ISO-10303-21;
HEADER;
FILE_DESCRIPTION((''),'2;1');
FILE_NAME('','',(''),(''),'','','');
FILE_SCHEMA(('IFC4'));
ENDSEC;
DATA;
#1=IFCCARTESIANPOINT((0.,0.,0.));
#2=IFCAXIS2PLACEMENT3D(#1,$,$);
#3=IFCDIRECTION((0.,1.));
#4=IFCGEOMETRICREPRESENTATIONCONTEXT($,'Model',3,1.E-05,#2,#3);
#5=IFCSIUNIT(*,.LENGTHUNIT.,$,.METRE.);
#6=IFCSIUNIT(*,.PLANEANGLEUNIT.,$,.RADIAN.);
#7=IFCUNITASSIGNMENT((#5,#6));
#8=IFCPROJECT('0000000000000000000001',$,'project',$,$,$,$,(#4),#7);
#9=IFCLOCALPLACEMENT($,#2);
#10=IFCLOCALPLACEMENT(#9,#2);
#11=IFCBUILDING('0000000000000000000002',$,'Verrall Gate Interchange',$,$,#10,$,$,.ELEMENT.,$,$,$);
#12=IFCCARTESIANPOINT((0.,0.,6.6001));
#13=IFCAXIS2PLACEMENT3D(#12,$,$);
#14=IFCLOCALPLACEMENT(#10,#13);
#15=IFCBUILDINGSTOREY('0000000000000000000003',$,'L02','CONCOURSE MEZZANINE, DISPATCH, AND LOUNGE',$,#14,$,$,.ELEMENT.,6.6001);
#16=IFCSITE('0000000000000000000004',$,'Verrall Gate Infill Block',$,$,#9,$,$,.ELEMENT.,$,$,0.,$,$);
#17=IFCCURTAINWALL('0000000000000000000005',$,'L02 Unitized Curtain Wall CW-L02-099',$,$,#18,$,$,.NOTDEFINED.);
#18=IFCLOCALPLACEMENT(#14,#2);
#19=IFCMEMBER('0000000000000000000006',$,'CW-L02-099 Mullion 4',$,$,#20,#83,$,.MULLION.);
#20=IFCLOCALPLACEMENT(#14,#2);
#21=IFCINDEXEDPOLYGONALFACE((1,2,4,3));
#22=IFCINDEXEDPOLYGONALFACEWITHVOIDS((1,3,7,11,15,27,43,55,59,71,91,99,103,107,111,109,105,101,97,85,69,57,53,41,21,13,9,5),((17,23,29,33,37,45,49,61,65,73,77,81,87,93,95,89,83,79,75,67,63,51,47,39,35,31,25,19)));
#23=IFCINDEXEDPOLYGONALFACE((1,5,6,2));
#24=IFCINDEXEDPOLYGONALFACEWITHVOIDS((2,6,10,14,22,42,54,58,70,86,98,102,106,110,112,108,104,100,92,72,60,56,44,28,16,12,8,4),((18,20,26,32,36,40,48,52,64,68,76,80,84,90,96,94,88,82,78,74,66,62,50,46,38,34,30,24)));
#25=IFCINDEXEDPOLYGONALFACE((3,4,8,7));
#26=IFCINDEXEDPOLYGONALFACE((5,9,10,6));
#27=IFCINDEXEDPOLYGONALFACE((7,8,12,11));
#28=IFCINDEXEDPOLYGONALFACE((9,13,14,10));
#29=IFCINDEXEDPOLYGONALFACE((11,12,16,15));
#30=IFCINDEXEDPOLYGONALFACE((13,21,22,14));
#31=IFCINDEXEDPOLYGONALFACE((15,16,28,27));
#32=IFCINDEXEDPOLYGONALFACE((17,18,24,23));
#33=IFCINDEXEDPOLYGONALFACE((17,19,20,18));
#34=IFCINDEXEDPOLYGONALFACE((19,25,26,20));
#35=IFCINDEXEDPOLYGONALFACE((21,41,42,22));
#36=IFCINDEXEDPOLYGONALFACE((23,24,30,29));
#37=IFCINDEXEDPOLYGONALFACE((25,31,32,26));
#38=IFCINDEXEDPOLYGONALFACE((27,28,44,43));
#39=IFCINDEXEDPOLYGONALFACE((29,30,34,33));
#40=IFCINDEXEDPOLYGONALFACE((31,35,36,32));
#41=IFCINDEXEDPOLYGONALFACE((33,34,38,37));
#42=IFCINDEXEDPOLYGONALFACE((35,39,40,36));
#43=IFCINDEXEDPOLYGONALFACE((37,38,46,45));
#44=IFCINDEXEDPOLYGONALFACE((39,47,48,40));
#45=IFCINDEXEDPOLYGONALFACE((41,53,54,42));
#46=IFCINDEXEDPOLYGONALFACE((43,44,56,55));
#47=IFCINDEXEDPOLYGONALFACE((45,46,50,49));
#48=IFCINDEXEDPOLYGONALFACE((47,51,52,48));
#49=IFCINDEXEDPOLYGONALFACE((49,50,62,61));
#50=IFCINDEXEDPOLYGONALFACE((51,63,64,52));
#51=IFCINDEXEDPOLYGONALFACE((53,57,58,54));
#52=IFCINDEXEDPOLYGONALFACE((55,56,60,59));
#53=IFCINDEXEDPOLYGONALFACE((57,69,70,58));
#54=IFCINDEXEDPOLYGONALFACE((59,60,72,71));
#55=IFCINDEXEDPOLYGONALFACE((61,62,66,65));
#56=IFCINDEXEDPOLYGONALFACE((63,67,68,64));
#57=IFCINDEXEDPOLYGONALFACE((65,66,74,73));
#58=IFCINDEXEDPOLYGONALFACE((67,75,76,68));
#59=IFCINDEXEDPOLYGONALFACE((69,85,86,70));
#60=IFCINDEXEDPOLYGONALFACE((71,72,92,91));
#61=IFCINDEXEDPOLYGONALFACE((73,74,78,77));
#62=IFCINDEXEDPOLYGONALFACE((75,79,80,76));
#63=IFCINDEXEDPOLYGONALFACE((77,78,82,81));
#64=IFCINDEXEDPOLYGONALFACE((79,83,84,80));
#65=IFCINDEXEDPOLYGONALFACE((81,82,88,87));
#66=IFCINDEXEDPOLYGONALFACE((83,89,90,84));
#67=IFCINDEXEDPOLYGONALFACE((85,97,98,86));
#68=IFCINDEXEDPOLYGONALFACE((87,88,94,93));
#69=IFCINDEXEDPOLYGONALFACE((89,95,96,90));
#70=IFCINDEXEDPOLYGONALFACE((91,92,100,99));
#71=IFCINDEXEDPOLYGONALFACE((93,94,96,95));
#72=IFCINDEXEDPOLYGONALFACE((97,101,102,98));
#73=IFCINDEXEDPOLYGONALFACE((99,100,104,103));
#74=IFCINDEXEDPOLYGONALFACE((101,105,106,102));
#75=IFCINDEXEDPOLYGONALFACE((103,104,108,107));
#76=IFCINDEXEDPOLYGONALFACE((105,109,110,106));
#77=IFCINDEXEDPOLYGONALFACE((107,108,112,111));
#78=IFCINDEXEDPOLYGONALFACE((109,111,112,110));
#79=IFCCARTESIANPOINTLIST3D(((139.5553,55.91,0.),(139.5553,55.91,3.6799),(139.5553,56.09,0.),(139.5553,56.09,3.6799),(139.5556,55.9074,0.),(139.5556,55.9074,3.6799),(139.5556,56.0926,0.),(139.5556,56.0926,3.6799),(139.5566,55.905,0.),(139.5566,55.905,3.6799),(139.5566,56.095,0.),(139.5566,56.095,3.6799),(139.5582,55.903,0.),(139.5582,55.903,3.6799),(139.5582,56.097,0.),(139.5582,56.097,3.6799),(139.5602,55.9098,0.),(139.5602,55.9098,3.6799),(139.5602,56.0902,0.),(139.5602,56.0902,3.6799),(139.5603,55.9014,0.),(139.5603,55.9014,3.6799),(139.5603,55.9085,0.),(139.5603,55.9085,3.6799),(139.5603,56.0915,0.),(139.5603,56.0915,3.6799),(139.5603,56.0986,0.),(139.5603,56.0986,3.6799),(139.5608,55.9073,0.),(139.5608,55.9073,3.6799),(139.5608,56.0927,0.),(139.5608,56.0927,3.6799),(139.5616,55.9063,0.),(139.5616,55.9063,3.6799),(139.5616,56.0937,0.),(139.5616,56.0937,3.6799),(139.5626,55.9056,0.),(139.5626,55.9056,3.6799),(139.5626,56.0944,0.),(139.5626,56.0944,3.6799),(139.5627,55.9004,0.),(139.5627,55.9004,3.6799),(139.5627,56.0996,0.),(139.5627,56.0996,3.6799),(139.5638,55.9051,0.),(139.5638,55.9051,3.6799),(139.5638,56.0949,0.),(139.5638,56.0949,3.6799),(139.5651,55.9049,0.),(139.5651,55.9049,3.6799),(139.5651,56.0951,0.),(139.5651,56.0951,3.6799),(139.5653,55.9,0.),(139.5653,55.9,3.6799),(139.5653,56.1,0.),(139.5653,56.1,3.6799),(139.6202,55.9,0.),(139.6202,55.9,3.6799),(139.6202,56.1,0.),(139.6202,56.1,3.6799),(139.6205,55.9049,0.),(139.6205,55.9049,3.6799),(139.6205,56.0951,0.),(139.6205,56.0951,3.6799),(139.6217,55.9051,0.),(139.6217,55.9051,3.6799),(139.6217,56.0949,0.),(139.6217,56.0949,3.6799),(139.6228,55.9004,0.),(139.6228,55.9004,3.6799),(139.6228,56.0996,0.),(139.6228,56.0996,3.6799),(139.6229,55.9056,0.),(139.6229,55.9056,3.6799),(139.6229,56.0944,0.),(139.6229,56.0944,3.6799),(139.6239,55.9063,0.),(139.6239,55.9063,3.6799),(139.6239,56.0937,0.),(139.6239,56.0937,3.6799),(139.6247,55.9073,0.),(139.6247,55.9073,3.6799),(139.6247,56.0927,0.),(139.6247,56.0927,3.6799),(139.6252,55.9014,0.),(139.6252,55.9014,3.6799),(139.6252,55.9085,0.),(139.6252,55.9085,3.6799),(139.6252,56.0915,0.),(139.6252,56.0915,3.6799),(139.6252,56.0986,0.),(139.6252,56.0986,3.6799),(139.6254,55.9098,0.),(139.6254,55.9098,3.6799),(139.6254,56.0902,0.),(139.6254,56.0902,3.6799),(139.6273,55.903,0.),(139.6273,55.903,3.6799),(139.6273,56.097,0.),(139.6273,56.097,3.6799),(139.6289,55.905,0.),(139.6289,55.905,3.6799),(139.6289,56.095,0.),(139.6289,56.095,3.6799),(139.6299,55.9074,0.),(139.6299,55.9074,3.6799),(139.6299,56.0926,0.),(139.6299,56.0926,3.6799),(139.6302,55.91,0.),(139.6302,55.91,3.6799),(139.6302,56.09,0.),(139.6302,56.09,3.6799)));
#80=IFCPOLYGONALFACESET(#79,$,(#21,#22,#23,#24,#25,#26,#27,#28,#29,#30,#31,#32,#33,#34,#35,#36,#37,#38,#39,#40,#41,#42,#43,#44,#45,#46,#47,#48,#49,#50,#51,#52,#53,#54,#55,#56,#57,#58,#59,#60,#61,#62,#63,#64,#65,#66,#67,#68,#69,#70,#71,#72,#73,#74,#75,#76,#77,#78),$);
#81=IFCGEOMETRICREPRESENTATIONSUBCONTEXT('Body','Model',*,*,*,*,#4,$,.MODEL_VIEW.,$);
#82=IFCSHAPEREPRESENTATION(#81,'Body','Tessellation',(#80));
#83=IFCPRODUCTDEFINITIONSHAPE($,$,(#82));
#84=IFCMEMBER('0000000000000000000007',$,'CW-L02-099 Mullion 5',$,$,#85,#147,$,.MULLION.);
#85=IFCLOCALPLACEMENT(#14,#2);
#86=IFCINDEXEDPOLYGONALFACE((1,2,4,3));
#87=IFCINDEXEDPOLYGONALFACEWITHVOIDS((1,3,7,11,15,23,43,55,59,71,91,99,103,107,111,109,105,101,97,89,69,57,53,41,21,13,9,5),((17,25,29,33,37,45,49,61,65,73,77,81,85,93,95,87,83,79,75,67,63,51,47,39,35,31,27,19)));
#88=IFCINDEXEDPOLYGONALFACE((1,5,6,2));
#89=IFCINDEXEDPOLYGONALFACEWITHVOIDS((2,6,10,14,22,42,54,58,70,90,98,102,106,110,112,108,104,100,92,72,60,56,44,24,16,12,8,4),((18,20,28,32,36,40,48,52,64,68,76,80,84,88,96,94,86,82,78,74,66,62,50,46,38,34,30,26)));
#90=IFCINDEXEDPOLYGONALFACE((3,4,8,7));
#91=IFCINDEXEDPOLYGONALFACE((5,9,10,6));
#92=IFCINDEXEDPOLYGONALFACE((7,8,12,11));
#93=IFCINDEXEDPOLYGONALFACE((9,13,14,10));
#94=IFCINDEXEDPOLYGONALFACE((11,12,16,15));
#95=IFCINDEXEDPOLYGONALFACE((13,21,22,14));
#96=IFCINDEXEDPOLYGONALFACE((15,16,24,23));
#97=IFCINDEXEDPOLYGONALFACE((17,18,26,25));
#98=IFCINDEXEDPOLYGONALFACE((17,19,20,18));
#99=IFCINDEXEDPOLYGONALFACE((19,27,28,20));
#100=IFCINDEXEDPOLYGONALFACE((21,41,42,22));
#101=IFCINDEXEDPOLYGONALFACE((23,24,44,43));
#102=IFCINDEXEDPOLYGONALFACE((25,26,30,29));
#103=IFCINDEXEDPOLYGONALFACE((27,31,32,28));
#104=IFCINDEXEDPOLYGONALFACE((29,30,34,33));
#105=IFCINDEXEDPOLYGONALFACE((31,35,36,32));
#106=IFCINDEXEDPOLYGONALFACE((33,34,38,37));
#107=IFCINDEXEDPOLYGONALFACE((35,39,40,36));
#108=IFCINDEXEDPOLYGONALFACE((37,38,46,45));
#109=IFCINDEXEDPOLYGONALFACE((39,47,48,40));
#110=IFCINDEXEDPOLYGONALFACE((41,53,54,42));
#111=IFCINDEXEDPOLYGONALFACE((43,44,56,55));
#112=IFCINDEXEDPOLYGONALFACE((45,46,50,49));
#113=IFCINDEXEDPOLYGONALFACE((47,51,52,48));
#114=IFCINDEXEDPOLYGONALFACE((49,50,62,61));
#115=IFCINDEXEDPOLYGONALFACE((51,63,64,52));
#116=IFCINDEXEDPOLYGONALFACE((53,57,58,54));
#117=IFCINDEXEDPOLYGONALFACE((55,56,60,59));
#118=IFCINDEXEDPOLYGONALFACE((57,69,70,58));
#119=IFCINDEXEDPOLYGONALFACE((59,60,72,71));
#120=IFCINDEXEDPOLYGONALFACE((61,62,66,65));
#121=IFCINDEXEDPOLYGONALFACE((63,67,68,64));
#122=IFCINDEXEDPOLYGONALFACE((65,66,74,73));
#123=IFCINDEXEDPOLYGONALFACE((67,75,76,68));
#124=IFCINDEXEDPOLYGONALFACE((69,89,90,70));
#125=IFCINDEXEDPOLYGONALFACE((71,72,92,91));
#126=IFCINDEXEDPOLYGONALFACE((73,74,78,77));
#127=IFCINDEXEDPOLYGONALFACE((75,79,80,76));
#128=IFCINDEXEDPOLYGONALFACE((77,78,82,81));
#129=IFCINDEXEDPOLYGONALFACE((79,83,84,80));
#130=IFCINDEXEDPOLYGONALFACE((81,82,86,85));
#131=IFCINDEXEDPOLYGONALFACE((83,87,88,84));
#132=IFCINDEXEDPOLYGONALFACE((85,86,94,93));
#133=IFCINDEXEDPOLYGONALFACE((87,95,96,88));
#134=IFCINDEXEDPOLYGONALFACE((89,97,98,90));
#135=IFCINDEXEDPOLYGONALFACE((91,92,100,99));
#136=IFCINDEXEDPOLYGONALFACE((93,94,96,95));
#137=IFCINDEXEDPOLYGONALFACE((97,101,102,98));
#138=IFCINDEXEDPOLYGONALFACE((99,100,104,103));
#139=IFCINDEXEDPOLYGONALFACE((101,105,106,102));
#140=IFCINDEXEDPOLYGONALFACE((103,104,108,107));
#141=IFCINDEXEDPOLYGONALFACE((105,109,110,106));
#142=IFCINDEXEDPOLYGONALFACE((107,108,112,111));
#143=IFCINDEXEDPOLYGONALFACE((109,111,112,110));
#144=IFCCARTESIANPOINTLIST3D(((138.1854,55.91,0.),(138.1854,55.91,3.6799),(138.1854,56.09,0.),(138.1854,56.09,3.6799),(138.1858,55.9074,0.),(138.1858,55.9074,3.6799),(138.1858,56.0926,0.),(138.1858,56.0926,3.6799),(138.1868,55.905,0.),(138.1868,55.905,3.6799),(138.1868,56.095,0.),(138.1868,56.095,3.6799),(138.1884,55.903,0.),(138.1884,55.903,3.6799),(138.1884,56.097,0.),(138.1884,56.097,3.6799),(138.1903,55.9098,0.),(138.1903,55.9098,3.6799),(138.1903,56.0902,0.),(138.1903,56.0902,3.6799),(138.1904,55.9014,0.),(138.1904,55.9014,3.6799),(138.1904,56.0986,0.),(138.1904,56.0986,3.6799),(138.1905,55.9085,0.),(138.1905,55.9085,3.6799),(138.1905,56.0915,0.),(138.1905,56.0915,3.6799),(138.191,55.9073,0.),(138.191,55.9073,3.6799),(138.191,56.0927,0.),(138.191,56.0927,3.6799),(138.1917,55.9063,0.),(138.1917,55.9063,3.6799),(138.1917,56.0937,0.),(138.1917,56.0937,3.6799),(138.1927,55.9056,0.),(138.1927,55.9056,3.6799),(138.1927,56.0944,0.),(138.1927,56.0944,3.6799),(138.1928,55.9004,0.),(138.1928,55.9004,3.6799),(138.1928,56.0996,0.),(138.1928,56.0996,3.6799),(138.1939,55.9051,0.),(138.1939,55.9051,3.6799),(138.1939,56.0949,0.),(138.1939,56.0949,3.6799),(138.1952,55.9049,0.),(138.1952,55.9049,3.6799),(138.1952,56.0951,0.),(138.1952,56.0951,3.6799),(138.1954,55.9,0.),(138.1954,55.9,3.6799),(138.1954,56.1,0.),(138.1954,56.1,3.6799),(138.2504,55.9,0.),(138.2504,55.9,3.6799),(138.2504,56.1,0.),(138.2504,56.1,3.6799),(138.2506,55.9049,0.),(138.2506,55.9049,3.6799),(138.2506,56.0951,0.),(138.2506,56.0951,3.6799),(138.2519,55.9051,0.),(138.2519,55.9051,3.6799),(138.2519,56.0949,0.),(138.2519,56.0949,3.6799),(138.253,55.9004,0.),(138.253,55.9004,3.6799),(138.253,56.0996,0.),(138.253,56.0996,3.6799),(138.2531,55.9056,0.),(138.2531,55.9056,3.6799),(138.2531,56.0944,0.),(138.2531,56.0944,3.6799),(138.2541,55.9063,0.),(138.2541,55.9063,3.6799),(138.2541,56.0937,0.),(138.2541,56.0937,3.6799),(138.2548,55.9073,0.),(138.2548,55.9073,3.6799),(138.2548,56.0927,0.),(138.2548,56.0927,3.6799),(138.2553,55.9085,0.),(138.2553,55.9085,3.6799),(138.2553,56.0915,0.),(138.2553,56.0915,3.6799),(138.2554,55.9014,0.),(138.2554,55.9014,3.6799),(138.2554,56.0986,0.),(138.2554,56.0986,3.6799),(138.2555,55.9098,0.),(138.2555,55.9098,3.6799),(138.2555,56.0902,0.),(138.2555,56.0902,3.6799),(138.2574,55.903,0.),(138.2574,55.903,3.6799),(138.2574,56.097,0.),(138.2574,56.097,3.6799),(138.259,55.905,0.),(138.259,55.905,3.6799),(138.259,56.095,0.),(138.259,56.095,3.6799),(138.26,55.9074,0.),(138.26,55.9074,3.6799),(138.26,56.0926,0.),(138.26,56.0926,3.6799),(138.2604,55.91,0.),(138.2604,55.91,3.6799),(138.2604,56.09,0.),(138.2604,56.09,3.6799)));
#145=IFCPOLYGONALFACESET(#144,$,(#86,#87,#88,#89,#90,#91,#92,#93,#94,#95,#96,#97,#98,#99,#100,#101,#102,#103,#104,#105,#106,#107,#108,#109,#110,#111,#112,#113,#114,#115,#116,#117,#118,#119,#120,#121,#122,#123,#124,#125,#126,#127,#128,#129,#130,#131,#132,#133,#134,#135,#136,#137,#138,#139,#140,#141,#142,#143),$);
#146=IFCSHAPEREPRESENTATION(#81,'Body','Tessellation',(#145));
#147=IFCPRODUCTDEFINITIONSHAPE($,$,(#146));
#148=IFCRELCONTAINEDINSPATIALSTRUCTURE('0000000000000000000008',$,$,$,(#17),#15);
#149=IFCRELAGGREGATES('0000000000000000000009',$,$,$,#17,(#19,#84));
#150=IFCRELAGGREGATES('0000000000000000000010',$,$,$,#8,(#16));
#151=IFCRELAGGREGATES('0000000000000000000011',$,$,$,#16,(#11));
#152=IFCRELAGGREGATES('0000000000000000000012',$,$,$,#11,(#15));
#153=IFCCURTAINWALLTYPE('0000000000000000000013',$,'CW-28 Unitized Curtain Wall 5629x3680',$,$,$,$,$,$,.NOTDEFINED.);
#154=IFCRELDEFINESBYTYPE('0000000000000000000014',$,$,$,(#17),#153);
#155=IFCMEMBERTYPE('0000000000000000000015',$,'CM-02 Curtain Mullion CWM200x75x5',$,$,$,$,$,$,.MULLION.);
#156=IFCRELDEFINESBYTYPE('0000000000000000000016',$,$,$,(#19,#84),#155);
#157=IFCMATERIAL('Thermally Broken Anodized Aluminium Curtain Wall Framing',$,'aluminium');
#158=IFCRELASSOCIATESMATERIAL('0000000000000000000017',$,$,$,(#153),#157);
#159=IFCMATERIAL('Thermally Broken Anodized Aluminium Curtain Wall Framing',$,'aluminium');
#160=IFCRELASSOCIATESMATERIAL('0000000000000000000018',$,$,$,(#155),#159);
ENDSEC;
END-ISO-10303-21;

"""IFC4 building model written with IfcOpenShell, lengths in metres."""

from ifc_helpers import new_model, si_unit, direction, frame, origin, origin_2d, place, context, subcontext, project, spatial, hollow_rectangle, extrude, material, material_profile, profile_set, type_object, element, aggregate, save


model = new_model("IFC4")

# Units and contexts
model_context = context("Model", 3, precision=1e-05, world=origin(), true_north=direction((0.0, 1.0)))
body_context = subcontext(model_context, "Body", "Model", "MODEL_VIEW")
ifc_project = project(units=[si_unit("LENGTHUNIT", "METRE"), si_unit("PLANEANGLEUNIT", "RADIAN")], contexts=[model_context])

# Site, building, storey
site_placement = place(None, origin())
site = spatial("IfcSite", under=ifc_project, at=site_placement, Name="Verrall Gate Infill Block", CompositionType="ELEMENT", RefElevation=0.0)
building_placement = place(site_placement, origin())
building = spatial("IfcBuilding", under=site, at=building_placement, Name="Verrall Gate Interchange", CompositionType="ELEMENT")
storey_placement = place(building_placement, frame((0.0, 0.0, 6.6001)))
storey = spatial("IfcBuildingStorey", under=building, at=storey_placement, Name="L02", Description="CONCOURSE MEZZANINE, DISPATCH, AND LOUNGE", CompositionType="ELEMENT", Elevation=6.6001)

# Curtain wall, members
ifc_material_1 = material(Name="Thermally Broken Anodized Aluminium Curtain Wall Framing", Category="aluminium")
curtain_wall_type = type_object("IfcCurtainWallType", Name="CW-28 Unitized Curtain Wall 5629x3680", PredefinedType="NOTDEFINED", material=ifc_material_1)
curtain_wall_1_placement = place(storey_placement, origin())
curtain_wall_1 = element("IfcCurtainWall", 1, at=curtain_wall_1_placement, inside=storey, type_object=curtain_wall_type, Name="L02 Unitized Curtain Wall CW-L02-099", PredefinedType="NOTDEFINED")
ifc_material_2 = material(Name="Thermally Broken Anodized Aluminium Curtain Wall Framing", Category="aluminium")
ifc_material_profile_1 = material_profile(ifc_material_2, hollow_rectangle(XDim=0.075, YDim=0.2, WallThickness=0.0049, InnerFilletRadius=0.0049, OuterFilletRadius=0.01, at=origin_2d()), Name="CWM200x75x5")
ifc_profile_set_1 = profile_set([ifc_material_profile_1], Name="Thermally Broken Anodized Aluminium Curtain Wall Framing")
member_type_1 = type_object("IfcMemberType", Name="CM-02 Curtain Mullion CWM200x75x5", PredefinedType="MULLION", material=ifc_profile_set_1)
member_1_placement = place(storey_placement, frame((139.5928, 56.0, 0.0), z_axis=(0.0, 0.0, 1.0), x_axis=(-1.0, 0.0, 0.0)))
member_1 = element("IfcMember", 2, at=member_1_placement, type_object=member_type_1, Name="CW-L02-099 Mullion 4", PredefinedType="MULLION", context=body_context, shape_type="SweptSolid", body=[
    extrude(hollow_rectangle(XDim=0.075, YDim=0.2, WallThickness=0.0049, InnerFilletRadius=0.0049, OuterFilletRadius=0.01, at=origin_2d()), origin(), (0.0, 0.0, 1.0), 3.6799),
])
member_2_placement = place(storey_placement, frame((138.2229, 56.0, 0.0), z_axis=(0.0, 0.0, 1.0), x_axis=(-1.0, 0.0, 0.0)))
member_2 = element("IfcMember", 3, at=member_2_placement, type_object=member_type_1, Name="CW-L02-099 Mullion 5", PredefinedType="MULLION", context=body_context, shape_type="SweptSolid", body=[
    extrude(hollow_rectangle(XDim=0.075, YDim=0.2, WallThickness=0.0049, InnerFilletRadius=0.0049, OuterFilletRadius=0.01, at=origin_2d()), origin(), (0.0, 0.0, 1.0), 3.6799),
])

aggregate(curtain_wall_1, [member_1, member_2])

save(model, "model.ifc")
